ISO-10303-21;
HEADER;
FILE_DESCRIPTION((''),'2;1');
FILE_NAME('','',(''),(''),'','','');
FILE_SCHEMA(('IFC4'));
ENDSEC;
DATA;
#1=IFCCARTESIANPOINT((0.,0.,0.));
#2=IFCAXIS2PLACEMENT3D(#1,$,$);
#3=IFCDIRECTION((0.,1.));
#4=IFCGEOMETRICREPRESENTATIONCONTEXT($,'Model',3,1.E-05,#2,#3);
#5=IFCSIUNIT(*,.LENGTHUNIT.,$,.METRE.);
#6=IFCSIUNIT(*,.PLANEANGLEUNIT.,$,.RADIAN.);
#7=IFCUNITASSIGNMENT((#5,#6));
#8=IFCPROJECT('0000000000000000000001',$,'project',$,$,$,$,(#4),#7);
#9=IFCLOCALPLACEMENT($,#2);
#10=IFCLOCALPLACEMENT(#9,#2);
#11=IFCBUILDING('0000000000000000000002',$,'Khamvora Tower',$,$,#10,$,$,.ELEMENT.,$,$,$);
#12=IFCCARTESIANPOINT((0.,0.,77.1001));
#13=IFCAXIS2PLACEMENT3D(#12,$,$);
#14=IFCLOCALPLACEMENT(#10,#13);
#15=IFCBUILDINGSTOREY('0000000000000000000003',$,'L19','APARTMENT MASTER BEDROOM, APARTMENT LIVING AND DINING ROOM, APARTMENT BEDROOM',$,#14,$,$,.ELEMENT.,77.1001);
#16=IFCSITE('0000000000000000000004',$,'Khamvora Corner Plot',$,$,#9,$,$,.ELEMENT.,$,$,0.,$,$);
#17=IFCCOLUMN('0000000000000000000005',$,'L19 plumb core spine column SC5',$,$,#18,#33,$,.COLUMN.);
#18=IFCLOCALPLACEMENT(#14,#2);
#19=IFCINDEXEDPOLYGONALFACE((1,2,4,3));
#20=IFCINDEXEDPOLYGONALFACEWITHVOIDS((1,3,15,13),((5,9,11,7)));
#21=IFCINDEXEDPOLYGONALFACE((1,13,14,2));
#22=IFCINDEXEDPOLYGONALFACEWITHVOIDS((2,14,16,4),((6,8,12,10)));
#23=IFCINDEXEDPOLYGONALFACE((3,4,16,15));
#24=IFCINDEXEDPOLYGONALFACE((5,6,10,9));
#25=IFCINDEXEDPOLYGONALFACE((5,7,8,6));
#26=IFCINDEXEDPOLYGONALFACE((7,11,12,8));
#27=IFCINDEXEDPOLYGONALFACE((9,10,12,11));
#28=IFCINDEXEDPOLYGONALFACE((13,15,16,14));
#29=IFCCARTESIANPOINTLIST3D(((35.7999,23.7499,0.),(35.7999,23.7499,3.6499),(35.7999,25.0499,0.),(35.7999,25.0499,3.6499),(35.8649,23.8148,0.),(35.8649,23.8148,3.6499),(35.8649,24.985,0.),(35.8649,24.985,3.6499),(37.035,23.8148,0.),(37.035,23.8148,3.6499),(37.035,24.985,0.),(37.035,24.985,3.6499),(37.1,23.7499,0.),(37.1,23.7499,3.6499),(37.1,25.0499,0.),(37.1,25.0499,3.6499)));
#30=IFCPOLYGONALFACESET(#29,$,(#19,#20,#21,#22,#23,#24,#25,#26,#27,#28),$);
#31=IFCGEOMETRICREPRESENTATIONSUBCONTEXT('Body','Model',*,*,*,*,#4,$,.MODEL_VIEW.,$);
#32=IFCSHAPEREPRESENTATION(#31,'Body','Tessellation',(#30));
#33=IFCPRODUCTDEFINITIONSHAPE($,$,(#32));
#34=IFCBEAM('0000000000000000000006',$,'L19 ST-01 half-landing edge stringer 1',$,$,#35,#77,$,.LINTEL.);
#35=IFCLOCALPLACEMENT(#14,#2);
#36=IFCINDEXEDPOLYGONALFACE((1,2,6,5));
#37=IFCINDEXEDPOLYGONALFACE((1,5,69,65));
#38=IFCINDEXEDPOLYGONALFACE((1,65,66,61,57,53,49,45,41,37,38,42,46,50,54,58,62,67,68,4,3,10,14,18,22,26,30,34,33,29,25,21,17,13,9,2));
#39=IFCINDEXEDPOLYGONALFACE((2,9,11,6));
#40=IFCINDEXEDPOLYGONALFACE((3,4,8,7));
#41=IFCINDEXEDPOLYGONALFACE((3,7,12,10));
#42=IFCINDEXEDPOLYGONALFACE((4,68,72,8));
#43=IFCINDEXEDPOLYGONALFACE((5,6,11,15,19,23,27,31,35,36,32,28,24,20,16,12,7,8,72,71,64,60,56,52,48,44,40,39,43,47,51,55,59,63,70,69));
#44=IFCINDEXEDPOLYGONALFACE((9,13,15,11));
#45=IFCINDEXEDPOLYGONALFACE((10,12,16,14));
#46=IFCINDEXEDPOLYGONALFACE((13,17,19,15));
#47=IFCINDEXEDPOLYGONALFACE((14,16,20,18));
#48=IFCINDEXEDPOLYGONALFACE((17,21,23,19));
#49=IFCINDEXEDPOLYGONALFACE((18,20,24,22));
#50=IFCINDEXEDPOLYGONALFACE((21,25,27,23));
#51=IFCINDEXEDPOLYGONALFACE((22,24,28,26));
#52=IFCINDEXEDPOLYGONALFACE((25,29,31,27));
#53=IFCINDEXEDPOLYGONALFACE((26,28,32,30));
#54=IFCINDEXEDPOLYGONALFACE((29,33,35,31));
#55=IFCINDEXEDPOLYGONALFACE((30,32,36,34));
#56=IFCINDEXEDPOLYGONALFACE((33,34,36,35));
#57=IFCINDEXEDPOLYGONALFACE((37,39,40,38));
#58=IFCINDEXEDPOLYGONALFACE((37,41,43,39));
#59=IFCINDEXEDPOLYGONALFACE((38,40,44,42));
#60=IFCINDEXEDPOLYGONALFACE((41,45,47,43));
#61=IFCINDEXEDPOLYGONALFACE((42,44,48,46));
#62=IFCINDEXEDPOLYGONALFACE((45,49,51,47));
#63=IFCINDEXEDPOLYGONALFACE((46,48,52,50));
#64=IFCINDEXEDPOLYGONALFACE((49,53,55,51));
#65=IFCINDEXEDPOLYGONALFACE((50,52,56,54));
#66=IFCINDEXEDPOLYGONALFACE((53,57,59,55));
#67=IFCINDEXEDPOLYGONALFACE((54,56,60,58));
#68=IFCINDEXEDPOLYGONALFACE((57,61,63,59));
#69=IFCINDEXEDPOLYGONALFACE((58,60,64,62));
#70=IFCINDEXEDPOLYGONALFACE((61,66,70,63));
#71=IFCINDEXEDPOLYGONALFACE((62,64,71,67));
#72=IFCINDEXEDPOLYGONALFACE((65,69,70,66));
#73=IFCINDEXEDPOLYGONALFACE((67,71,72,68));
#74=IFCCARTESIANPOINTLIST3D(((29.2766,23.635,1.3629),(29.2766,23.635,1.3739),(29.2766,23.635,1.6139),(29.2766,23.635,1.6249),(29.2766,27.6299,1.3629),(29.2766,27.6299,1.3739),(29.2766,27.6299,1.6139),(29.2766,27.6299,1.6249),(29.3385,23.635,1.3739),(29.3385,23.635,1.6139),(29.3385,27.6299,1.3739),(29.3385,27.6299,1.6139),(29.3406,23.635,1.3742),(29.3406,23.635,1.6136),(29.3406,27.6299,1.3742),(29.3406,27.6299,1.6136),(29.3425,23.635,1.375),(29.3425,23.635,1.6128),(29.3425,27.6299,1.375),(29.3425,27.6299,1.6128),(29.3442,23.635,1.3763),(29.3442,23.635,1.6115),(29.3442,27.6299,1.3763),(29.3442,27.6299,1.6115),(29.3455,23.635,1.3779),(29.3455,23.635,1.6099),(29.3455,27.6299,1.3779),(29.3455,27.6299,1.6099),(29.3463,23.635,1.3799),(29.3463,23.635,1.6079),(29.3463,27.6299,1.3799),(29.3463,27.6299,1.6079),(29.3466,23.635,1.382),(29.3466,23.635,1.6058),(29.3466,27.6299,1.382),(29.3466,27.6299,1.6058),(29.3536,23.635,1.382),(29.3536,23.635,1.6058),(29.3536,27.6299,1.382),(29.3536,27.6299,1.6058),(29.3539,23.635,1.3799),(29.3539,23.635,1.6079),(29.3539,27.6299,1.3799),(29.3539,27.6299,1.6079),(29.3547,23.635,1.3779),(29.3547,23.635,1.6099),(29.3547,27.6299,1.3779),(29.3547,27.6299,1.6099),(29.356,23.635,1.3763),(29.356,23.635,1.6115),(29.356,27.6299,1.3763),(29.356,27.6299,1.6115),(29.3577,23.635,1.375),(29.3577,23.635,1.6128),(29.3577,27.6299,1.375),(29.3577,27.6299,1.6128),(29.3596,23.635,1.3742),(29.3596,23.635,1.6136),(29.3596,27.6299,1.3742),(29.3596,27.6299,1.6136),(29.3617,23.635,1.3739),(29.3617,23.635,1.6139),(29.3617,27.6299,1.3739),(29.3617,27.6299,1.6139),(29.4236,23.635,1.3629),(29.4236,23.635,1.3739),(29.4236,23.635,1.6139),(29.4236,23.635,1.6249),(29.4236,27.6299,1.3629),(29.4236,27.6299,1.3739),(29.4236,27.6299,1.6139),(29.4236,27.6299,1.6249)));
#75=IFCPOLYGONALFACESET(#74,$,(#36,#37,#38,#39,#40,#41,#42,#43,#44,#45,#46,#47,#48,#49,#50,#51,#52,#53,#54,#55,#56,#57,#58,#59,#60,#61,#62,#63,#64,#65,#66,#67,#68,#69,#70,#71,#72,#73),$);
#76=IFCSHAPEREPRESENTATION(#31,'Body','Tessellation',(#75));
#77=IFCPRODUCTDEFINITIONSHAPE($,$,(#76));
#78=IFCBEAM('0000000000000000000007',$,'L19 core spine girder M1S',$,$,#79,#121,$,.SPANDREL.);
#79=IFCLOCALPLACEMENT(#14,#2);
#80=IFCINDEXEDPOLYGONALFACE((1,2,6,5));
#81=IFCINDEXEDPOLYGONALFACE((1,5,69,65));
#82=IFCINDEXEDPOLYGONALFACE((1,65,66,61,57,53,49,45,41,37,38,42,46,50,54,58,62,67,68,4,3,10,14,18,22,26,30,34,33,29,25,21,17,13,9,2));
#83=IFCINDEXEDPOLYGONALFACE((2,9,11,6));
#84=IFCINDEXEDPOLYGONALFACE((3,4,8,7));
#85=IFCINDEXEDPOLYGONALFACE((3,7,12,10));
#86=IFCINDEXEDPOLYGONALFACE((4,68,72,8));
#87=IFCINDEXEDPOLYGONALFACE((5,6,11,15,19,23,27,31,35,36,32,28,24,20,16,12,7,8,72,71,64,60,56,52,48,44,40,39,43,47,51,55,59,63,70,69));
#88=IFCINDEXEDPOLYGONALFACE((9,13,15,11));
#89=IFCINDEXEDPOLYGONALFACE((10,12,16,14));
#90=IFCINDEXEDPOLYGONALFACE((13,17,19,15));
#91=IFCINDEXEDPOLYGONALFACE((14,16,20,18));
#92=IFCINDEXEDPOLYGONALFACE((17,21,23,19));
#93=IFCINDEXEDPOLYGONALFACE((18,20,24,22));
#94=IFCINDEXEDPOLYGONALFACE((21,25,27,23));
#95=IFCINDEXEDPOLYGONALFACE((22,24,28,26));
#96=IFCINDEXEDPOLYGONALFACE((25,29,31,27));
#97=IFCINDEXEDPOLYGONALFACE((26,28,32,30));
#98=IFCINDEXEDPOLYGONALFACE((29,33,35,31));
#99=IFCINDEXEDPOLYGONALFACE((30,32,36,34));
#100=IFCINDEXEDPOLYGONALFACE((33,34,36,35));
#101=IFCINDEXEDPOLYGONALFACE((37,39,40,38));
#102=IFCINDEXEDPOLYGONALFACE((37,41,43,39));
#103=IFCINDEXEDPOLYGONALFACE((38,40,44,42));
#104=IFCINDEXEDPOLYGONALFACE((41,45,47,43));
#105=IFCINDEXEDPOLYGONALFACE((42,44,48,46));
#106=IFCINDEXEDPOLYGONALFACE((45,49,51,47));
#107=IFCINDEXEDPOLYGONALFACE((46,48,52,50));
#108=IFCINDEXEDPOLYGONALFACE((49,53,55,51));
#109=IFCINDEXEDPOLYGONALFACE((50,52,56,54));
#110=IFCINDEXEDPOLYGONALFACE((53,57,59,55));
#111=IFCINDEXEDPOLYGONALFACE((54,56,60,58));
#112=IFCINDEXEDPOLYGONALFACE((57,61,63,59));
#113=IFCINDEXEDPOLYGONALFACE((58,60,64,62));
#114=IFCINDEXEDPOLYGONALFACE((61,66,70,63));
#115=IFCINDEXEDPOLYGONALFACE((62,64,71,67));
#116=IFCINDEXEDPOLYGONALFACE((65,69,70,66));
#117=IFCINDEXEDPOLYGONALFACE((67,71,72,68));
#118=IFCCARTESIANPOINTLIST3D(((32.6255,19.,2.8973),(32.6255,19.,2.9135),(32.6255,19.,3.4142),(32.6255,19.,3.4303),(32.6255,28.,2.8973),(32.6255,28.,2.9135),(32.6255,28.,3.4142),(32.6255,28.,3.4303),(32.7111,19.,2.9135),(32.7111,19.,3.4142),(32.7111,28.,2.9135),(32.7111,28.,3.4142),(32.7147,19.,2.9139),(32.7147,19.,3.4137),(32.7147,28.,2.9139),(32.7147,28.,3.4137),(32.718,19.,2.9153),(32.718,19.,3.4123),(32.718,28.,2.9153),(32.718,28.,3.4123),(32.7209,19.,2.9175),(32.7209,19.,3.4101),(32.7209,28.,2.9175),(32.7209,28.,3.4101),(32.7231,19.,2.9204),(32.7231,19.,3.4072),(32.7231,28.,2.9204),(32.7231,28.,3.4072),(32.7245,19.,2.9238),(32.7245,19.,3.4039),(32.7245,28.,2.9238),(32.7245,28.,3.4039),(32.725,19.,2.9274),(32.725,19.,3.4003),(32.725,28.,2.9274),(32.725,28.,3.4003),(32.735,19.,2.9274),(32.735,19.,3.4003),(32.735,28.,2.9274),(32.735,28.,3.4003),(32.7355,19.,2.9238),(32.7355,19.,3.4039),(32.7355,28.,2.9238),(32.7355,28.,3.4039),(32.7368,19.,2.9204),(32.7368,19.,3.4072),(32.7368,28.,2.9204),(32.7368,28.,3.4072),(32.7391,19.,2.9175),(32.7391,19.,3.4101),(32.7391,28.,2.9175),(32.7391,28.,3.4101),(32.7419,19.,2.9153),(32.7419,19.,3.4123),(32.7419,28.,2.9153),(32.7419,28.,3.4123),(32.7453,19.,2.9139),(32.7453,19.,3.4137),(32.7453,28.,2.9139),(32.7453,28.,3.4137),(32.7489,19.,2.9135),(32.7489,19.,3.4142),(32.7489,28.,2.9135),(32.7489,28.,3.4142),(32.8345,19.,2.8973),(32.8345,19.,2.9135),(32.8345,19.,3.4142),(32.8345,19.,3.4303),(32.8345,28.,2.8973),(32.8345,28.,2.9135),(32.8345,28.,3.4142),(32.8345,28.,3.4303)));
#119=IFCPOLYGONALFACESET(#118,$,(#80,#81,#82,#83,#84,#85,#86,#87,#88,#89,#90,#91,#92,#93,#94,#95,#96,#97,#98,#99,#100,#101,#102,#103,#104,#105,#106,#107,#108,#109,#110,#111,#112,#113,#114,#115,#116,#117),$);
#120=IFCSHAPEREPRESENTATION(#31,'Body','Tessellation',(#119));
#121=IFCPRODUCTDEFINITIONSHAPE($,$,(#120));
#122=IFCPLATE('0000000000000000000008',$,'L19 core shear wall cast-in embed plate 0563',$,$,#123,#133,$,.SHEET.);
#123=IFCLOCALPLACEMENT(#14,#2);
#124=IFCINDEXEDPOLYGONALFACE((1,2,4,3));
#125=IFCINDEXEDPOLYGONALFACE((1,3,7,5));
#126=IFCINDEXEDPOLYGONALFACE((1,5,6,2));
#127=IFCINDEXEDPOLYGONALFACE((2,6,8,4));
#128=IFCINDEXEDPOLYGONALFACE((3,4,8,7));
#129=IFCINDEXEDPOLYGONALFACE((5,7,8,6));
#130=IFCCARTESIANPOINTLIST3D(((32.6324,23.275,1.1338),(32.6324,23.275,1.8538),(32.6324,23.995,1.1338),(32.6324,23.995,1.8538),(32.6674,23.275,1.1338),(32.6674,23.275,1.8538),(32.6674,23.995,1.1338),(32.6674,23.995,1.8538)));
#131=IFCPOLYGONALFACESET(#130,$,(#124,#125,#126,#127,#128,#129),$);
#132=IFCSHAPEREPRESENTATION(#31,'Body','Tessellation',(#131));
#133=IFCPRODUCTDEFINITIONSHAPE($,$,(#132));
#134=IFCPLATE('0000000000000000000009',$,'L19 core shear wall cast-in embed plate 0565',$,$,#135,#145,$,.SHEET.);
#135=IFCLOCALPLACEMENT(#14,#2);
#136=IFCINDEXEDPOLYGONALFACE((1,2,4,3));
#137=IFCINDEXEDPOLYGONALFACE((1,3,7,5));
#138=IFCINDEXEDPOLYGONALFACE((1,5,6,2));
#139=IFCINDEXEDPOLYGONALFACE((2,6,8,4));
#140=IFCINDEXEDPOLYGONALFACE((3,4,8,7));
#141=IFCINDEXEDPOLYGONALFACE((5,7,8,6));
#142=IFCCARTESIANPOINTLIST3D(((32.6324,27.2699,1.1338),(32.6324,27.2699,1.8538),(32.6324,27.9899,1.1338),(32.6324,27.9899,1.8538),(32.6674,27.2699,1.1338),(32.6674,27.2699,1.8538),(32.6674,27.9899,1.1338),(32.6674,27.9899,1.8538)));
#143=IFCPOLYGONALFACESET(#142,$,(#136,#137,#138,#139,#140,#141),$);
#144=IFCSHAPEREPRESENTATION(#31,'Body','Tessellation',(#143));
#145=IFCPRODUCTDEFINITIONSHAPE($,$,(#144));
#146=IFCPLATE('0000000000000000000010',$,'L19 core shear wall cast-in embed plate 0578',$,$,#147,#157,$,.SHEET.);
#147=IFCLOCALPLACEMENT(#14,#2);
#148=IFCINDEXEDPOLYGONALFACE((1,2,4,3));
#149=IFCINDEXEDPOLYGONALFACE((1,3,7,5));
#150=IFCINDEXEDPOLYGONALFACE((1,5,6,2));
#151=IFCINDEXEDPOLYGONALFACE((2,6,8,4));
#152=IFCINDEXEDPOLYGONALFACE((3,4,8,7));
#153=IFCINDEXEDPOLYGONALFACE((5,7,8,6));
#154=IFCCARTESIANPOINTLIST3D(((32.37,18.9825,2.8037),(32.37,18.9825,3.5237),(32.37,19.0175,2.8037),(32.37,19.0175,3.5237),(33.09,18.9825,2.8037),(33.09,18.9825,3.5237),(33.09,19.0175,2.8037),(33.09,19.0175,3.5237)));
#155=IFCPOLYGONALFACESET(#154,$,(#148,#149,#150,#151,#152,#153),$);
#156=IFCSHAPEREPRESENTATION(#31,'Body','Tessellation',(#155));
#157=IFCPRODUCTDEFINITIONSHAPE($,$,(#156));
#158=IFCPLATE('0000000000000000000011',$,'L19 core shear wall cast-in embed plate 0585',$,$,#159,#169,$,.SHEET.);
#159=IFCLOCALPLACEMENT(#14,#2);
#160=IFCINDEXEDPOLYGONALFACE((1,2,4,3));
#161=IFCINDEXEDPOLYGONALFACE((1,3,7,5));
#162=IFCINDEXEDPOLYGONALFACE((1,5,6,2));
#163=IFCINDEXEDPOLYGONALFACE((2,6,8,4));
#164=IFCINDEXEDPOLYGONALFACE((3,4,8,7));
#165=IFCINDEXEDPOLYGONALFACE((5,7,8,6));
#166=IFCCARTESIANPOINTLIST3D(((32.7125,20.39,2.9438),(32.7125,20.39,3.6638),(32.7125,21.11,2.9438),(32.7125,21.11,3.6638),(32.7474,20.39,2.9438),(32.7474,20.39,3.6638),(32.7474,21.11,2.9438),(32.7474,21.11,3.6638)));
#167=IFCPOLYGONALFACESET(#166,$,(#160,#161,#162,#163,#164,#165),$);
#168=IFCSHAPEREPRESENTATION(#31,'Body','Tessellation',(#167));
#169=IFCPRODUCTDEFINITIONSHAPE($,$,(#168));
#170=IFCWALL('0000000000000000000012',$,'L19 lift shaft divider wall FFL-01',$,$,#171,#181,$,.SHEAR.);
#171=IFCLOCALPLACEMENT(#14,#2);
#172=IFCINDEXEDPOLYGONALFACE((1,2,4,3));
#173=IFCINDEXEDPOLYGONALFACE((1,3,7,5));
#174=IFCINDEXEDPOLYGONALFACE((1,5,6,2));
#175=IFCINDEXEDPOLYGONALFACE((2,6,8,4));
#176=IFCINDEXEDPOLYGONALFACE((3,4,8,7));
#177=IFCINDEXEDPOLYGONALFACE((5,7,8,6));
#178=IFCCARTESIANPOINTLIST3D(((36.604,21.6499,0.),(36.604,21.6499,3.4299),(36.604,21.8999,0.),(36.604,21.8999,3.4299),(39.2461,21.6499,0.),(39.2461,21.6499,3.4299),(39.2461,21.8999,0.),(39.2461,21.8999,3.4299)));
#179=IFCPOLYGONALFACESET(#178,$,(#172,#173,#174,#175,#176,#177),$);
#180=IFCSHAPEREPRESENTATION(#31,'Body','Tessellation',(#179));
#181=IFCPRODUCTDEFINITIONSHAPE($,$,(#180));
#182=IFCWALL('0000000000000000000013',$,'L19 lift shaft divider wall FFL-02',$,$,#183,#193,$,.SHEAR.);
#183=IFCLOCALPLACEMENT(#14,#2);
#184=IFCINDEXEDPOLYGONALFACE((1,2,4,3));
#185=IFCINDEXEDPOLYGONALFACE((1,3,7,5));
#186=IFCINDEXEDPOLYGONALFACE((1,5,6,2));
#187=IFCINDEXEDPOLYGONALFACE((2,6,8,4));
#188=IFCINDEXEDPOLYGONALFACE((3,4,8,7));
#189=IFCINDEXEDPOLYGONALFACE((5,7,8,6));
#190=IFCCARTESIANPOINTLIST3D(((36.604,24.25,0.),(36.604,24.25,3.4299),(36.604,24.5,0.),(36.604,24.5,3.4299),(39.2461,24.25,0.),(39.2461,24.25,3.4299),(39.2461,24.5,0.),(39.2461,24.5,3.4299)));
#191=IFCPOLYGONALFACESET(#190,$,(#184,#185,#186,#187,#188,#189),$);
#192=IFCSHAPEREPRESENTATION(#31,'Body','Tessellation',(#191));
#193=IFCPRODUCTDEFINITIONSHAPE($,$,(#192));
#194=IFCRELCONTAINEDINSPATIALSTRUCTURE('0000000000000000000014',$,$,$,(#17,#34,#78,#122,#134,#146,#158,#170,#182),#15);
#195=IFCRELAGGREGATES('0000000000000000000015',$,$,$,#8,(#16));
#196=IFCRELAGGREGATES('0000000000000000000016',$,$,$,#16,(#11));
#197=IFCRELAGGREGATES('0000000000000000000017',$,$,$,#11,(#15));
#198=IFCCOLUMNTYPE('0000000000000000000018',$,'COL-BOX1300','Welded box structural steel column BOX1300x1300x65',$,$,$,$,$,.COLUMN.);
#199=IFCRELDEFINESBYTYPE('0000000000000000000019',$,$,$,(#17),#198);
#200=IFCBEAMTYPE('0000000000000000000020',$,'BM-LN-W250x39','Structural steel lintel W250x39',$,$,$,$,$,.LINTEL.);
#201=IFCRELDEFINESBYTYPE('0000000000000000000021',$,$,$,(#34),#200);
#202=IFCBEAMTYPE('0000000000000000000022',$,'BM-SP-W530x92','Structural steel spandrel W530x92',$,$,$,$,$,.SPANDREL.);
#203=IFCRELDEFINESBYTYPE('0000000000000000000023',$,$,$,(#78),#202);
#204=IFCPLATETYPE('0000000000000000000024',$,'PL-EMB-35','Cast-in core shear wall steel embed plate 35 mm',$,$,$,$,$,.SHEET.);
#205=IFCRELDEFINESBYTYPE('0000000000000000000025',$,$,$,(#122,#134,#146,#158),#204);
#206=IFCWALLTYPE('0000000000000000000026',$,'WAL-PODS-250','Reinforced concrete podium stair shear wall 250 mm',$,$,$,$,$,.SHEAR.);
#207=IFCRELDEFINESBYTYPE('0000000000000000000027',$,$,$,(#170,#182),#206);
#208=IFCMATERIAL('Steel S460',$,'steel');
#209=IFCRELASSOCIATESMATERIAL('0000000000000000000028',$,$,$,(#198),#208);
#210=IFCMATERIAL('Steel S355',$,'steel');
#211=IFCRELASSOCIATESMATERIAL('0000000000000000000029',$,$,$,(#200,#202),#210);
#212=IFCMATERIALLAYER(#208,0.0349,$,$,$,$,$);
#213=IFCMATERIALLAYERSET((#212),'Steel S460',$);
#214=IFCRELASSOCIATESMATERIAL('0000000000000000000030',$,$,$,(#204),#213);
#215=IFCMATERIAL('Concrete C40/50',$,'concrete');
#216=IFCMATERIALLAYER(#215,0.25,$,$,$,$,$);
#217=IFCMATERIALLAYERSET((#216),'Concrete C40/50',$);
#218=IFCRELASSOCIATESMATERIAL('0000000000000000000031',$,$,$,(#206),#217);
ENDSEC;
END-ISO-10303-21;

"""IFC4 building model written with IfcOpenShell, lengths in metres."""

from ifc_helpers import new_model, si_unit, direction, frame, frame_2d, origin, origin_2d, place, context, subcontext, project, spatial, rectangle, hollow_rectangle, i_section, extrude, material, layer, layer_set, material_profile, profile_set, type_object, element, save


model = new_model("IFC4")

# Units and contexts
model_context = context("Model", 3, precision=1e-05, world=origin(), true_north=direction((0.0, 1.0)))
body_context = subcontext(model_context, "Body", "Model", "MODEL_VIEW")
ifc_project = project(units=[si_unit("LENGTHUNIT", "METRE"), si_unit("PLANEANGLEUNIT", "RADIAN")], contexts=[model_context])

# Site, building, storey
site_placement = place(None, origin())
site = spatial("IfcSite", under=ifc_project, at=site_placement, Name="Khamvora Corner Plot", CompositionType="ELEMENT", RefElevation=0.0)
building_placement = place(site_placement, origin())
building = spatial("IfcBuilding", under=site, at=building_placement, Name="Khamvora Tower", CompositionType="ELEMENT")
storey_placement = place(building_placement, frame((0.0, 0.0, 77.1001)))
storey = spatial("IfcBuildingStorey", under=building, at=storey_placement, Name="L19", Description="APARTMENT MASTER BEDROOM, APARTMENT LIVING AND DINING ROOM, APARTMENT BEDROOM", CompositionType="ELEMENT", Elevation=77.1001)

# Column
ifc_material_1 = material(Name="Steel S460", Category="steel")
ifc_material_profile_1 = material_profile(ifc_material_1, hollow_rectangle(XDim=1.3, YDim=1.3, WallThickness=0.0649, at=origin_2d()), Name="BOX1300x1300x65")
ifc_profile_set_1 = profile_set([ifc_material_profile_1], Name="Steel S460")
column_type = type_object("IfcColumnType", Name="COL-BOX1300", Description="Welded box structural steel column BOX1300x1300x65", PredefinedType="COLUMN", material=ifc_profile_set_1)
column_placement = place(storey_placement, frame((36.45, 24.3999, 0.0), z_axis=(0.0, 0.0, 1.0), x_axis=(1.0, 0.0, 0.0)))
element("IfcColumn", 1, at=column_placement, inside=storey, type_object=column_type, Name="L19 plumb core spine column SC5", PredefinedType="COLUMN", context=body_context, shape_type="SweptSolid", body=[
    extrude(hollow_rectangle(XDim=1.3, YDim=1.3, WallThickness=0.0649, at=origin_2d()), origin(), (0.0, 0.0, 1.0), 3.6499),
])

# Beams
ifc_material_2 = material(Name="Steel S355", Category="steel")
ifc_material_profile_2 = material_profile(ifc_material_2, i_section(OverallWidth=0.147, OverallDepth=0.262, WebThickness=0.0071, FlangeThickness=0.011, FilletRadius=0.0081, at=origin_2d()), Name="W250x39")
ifc_profile_set_2 = profile_set([ifc_material_profile_2], Name="Steel S355")
beam_type_1 = type_object("IfcBeamType", Name="BM-LN-W250x39", Description="Structural steel lintel W250x39", PredefinedType="LINTEL", material=ifc_profile_set_2)
beam_1_placement = place(storey_placement, frame((29.3501, 23.635, 1.4939), z_axis=(0.0, 1.0, 0.0), x_axis=(-1.0, 0.0, 0.0)))
element("IfcBeam", 2, at=beam_1_placement, inside=storey, type_object=beam_type_1, Name="L19 ST-01 half-landing edge stringer 1", PredefinedType="LINTEL", context=body_context, shape_type="SweptSolid", body=[
    extrude(i_section(OverallWidth=0.147, OverallDepth=0.262, WebThickness=0.0071, FlangeThickness=0.011, FilletRadius=0.0081, at=origin_2d()), origin(), (0.0, 0.0, 1.0), 3.9949),
])
ifc_material_profile_3 = material_profile(ifc_material_2, i_section(OverallWidth=0.209, OverallDepth=0.533, WebThickness=0.01, FlangeThickness=0.0161, FilletRadius=0.0139, at=origin_2d()), Name="W530x92")
ifc_profile_set_3 = profile_set([ifc_material_profile_3], Name="Steel S355")
beam_type_2 = type_object("IfcBeamType", Name="BM-SP-W530x92", Description="Structural steel spandrel W530x92", PredefinedType="SPANDREL", material=ifc_profile_set_3)
beam_2_placement = place(storey_placement, frame((32.73, 19.0, 3.1638), z_axis=(0.0, 1.0, 0.0), x_axis=(-1.0, 0.0, 0.0)))
element("IfcBeam", 3, at=beam_2_placement, inside=storey, type_object=beam_type_2, Name="L19 core spine girder M1S", PredefinedType="SPANDREL", context=body_context, shape_type="SweptSolid", body=[
    extrude(i_section(OverallWidth=0.209, OverallDepth=0.533, WebThickness=0.01, FlangeThickness=0.0161, FilletRadius=0.0139, at=origin_2d()), origin(), (0.0, 0.0, 1.0), 9.0),
])

# Plates
ifc_layer_1 = layer(ifc_material_1, 0.0349)
ifc_layer_set_1 = layer_set([ifc_layer_1], Name="Steel S460")
plate_type = type_object("IfcPlateType", Name="PL-EMB-35", Description="Cast-in core shear wall steel embed plate 35 mm", PredefinedType="SHEET", material=ifc_layer_set_1)
for number, where, z_axis, x_axis, name in (
    (4, (32.6499, 23.635, 1.1338), (0.0, 0.0, 1.0), (1.0, 0.0, 0.0), "L19 core shear wall cast-in embed plate 0563"),
    (5, (32.6499, 27.6299, 1.1338), (0.0, 0.0, 1.0), (1.0, 0.0, 0.0), "L19 core shear wall cast-in embed plate 0565"),
):
    element("IfcPlate", number, at=place(storey_placement, frame(where, z_axis=z_axis, x_axis=x_axis)), inside=storey, type_object=plate_type, Name=name, PredefinedType="SHEET", context=body_context, shape_type="SweptSolid", body=[
        extrude(rectangle(XDim=0.0349, YDim=0.72, at=origin_2d()), origin(), (0.0, 0.0, 1.0), 0.72),
    ])
plate_1_placement = place(storey_placement, frame((32.73, 19.0, 2.8037), z_axis=(0.0, 0.0, 1.0), x_axis=(1.0, 0.0, 0.0)))
element("IfcPlate", 6, at=plate_1_placement, inside=storey, type_object=plate_type, Name="L19 core shear wall cast-in embed plate 0578", PredefinedType="SHEET", context=body_context, shape_type="SweptSolid", body=[
    extrude(rectangle(XDim=0.72, YDim=0.0349, at=origin_2d()), origin(), (0.0, 0.0, 1.0), 0.72),
])
plate_2_placement = place(storey_placement, frame((32.73, 20.75, 2.9438), z_axis=(0.0, 0.0, 1.0), x_axis=(1.0, 0.0, 0.0)))
element("IfcPlate", 7, at=plate_2_placement, inside=storey, type_object=plate_type, Name="L19 core shear wall cast-in embed plate 0585", PredefinedType="SHEET", context=body_context, shape_type="SweptSolid", body=[
    extrude(rectangle(XDim=0.0349, YDim=0.72, at=origin_2d()), origin(), (0.0, 0.0, 1.0), 0.72),
])

# Walls
ifc_material_3 = material(Name="Concrete C40/50", Category="concrete")
ifc_layer_2 = layer(ifc_material_3, 0.25)
ifc_layer_set_2 = layer_set([ifc_layer_2], Name="Concrete C40/50")
wall_type_1 = type_object("IfcWallType", Name="WAL-PODS-250", Description="Reinforced concrete podium stair shear wall 250 mm", PredefinedType="SHEAR", material=ifc_layer_set_2)
for number, where, z_axis, x_axis, name in (
    (8, (36.604, 21.7749, 0.0), (0.0, 0.0, 1.0), (1.0, 0.0, 0.0), "L19 lift shaft divider wall FFL-01"),
    (9, (36.604, 24.375, 0.0), (0.0, 0.0, 1.0), (1.0, 0.0, 0.0), "L19 lift shaft divider wall FFL-02"),
):
    element("IfcWall", number, at=place(storey_placement, frame(where, z_axis=z_axis, x_axis=x_axis)), inside=storey, type_object=wall_type_1, Name=name, PredefinedType="SHEAR", context=body_context, shape_type="SweptSolid", body=[
        extrude(rectangle(XDim=2.6421, YDim=0.25, at=frame_2d((1.321, 0.0))), origin(), (0.0, 0.0, 1.0), 3.4299),
    ])

save(model, "model.ifc")
